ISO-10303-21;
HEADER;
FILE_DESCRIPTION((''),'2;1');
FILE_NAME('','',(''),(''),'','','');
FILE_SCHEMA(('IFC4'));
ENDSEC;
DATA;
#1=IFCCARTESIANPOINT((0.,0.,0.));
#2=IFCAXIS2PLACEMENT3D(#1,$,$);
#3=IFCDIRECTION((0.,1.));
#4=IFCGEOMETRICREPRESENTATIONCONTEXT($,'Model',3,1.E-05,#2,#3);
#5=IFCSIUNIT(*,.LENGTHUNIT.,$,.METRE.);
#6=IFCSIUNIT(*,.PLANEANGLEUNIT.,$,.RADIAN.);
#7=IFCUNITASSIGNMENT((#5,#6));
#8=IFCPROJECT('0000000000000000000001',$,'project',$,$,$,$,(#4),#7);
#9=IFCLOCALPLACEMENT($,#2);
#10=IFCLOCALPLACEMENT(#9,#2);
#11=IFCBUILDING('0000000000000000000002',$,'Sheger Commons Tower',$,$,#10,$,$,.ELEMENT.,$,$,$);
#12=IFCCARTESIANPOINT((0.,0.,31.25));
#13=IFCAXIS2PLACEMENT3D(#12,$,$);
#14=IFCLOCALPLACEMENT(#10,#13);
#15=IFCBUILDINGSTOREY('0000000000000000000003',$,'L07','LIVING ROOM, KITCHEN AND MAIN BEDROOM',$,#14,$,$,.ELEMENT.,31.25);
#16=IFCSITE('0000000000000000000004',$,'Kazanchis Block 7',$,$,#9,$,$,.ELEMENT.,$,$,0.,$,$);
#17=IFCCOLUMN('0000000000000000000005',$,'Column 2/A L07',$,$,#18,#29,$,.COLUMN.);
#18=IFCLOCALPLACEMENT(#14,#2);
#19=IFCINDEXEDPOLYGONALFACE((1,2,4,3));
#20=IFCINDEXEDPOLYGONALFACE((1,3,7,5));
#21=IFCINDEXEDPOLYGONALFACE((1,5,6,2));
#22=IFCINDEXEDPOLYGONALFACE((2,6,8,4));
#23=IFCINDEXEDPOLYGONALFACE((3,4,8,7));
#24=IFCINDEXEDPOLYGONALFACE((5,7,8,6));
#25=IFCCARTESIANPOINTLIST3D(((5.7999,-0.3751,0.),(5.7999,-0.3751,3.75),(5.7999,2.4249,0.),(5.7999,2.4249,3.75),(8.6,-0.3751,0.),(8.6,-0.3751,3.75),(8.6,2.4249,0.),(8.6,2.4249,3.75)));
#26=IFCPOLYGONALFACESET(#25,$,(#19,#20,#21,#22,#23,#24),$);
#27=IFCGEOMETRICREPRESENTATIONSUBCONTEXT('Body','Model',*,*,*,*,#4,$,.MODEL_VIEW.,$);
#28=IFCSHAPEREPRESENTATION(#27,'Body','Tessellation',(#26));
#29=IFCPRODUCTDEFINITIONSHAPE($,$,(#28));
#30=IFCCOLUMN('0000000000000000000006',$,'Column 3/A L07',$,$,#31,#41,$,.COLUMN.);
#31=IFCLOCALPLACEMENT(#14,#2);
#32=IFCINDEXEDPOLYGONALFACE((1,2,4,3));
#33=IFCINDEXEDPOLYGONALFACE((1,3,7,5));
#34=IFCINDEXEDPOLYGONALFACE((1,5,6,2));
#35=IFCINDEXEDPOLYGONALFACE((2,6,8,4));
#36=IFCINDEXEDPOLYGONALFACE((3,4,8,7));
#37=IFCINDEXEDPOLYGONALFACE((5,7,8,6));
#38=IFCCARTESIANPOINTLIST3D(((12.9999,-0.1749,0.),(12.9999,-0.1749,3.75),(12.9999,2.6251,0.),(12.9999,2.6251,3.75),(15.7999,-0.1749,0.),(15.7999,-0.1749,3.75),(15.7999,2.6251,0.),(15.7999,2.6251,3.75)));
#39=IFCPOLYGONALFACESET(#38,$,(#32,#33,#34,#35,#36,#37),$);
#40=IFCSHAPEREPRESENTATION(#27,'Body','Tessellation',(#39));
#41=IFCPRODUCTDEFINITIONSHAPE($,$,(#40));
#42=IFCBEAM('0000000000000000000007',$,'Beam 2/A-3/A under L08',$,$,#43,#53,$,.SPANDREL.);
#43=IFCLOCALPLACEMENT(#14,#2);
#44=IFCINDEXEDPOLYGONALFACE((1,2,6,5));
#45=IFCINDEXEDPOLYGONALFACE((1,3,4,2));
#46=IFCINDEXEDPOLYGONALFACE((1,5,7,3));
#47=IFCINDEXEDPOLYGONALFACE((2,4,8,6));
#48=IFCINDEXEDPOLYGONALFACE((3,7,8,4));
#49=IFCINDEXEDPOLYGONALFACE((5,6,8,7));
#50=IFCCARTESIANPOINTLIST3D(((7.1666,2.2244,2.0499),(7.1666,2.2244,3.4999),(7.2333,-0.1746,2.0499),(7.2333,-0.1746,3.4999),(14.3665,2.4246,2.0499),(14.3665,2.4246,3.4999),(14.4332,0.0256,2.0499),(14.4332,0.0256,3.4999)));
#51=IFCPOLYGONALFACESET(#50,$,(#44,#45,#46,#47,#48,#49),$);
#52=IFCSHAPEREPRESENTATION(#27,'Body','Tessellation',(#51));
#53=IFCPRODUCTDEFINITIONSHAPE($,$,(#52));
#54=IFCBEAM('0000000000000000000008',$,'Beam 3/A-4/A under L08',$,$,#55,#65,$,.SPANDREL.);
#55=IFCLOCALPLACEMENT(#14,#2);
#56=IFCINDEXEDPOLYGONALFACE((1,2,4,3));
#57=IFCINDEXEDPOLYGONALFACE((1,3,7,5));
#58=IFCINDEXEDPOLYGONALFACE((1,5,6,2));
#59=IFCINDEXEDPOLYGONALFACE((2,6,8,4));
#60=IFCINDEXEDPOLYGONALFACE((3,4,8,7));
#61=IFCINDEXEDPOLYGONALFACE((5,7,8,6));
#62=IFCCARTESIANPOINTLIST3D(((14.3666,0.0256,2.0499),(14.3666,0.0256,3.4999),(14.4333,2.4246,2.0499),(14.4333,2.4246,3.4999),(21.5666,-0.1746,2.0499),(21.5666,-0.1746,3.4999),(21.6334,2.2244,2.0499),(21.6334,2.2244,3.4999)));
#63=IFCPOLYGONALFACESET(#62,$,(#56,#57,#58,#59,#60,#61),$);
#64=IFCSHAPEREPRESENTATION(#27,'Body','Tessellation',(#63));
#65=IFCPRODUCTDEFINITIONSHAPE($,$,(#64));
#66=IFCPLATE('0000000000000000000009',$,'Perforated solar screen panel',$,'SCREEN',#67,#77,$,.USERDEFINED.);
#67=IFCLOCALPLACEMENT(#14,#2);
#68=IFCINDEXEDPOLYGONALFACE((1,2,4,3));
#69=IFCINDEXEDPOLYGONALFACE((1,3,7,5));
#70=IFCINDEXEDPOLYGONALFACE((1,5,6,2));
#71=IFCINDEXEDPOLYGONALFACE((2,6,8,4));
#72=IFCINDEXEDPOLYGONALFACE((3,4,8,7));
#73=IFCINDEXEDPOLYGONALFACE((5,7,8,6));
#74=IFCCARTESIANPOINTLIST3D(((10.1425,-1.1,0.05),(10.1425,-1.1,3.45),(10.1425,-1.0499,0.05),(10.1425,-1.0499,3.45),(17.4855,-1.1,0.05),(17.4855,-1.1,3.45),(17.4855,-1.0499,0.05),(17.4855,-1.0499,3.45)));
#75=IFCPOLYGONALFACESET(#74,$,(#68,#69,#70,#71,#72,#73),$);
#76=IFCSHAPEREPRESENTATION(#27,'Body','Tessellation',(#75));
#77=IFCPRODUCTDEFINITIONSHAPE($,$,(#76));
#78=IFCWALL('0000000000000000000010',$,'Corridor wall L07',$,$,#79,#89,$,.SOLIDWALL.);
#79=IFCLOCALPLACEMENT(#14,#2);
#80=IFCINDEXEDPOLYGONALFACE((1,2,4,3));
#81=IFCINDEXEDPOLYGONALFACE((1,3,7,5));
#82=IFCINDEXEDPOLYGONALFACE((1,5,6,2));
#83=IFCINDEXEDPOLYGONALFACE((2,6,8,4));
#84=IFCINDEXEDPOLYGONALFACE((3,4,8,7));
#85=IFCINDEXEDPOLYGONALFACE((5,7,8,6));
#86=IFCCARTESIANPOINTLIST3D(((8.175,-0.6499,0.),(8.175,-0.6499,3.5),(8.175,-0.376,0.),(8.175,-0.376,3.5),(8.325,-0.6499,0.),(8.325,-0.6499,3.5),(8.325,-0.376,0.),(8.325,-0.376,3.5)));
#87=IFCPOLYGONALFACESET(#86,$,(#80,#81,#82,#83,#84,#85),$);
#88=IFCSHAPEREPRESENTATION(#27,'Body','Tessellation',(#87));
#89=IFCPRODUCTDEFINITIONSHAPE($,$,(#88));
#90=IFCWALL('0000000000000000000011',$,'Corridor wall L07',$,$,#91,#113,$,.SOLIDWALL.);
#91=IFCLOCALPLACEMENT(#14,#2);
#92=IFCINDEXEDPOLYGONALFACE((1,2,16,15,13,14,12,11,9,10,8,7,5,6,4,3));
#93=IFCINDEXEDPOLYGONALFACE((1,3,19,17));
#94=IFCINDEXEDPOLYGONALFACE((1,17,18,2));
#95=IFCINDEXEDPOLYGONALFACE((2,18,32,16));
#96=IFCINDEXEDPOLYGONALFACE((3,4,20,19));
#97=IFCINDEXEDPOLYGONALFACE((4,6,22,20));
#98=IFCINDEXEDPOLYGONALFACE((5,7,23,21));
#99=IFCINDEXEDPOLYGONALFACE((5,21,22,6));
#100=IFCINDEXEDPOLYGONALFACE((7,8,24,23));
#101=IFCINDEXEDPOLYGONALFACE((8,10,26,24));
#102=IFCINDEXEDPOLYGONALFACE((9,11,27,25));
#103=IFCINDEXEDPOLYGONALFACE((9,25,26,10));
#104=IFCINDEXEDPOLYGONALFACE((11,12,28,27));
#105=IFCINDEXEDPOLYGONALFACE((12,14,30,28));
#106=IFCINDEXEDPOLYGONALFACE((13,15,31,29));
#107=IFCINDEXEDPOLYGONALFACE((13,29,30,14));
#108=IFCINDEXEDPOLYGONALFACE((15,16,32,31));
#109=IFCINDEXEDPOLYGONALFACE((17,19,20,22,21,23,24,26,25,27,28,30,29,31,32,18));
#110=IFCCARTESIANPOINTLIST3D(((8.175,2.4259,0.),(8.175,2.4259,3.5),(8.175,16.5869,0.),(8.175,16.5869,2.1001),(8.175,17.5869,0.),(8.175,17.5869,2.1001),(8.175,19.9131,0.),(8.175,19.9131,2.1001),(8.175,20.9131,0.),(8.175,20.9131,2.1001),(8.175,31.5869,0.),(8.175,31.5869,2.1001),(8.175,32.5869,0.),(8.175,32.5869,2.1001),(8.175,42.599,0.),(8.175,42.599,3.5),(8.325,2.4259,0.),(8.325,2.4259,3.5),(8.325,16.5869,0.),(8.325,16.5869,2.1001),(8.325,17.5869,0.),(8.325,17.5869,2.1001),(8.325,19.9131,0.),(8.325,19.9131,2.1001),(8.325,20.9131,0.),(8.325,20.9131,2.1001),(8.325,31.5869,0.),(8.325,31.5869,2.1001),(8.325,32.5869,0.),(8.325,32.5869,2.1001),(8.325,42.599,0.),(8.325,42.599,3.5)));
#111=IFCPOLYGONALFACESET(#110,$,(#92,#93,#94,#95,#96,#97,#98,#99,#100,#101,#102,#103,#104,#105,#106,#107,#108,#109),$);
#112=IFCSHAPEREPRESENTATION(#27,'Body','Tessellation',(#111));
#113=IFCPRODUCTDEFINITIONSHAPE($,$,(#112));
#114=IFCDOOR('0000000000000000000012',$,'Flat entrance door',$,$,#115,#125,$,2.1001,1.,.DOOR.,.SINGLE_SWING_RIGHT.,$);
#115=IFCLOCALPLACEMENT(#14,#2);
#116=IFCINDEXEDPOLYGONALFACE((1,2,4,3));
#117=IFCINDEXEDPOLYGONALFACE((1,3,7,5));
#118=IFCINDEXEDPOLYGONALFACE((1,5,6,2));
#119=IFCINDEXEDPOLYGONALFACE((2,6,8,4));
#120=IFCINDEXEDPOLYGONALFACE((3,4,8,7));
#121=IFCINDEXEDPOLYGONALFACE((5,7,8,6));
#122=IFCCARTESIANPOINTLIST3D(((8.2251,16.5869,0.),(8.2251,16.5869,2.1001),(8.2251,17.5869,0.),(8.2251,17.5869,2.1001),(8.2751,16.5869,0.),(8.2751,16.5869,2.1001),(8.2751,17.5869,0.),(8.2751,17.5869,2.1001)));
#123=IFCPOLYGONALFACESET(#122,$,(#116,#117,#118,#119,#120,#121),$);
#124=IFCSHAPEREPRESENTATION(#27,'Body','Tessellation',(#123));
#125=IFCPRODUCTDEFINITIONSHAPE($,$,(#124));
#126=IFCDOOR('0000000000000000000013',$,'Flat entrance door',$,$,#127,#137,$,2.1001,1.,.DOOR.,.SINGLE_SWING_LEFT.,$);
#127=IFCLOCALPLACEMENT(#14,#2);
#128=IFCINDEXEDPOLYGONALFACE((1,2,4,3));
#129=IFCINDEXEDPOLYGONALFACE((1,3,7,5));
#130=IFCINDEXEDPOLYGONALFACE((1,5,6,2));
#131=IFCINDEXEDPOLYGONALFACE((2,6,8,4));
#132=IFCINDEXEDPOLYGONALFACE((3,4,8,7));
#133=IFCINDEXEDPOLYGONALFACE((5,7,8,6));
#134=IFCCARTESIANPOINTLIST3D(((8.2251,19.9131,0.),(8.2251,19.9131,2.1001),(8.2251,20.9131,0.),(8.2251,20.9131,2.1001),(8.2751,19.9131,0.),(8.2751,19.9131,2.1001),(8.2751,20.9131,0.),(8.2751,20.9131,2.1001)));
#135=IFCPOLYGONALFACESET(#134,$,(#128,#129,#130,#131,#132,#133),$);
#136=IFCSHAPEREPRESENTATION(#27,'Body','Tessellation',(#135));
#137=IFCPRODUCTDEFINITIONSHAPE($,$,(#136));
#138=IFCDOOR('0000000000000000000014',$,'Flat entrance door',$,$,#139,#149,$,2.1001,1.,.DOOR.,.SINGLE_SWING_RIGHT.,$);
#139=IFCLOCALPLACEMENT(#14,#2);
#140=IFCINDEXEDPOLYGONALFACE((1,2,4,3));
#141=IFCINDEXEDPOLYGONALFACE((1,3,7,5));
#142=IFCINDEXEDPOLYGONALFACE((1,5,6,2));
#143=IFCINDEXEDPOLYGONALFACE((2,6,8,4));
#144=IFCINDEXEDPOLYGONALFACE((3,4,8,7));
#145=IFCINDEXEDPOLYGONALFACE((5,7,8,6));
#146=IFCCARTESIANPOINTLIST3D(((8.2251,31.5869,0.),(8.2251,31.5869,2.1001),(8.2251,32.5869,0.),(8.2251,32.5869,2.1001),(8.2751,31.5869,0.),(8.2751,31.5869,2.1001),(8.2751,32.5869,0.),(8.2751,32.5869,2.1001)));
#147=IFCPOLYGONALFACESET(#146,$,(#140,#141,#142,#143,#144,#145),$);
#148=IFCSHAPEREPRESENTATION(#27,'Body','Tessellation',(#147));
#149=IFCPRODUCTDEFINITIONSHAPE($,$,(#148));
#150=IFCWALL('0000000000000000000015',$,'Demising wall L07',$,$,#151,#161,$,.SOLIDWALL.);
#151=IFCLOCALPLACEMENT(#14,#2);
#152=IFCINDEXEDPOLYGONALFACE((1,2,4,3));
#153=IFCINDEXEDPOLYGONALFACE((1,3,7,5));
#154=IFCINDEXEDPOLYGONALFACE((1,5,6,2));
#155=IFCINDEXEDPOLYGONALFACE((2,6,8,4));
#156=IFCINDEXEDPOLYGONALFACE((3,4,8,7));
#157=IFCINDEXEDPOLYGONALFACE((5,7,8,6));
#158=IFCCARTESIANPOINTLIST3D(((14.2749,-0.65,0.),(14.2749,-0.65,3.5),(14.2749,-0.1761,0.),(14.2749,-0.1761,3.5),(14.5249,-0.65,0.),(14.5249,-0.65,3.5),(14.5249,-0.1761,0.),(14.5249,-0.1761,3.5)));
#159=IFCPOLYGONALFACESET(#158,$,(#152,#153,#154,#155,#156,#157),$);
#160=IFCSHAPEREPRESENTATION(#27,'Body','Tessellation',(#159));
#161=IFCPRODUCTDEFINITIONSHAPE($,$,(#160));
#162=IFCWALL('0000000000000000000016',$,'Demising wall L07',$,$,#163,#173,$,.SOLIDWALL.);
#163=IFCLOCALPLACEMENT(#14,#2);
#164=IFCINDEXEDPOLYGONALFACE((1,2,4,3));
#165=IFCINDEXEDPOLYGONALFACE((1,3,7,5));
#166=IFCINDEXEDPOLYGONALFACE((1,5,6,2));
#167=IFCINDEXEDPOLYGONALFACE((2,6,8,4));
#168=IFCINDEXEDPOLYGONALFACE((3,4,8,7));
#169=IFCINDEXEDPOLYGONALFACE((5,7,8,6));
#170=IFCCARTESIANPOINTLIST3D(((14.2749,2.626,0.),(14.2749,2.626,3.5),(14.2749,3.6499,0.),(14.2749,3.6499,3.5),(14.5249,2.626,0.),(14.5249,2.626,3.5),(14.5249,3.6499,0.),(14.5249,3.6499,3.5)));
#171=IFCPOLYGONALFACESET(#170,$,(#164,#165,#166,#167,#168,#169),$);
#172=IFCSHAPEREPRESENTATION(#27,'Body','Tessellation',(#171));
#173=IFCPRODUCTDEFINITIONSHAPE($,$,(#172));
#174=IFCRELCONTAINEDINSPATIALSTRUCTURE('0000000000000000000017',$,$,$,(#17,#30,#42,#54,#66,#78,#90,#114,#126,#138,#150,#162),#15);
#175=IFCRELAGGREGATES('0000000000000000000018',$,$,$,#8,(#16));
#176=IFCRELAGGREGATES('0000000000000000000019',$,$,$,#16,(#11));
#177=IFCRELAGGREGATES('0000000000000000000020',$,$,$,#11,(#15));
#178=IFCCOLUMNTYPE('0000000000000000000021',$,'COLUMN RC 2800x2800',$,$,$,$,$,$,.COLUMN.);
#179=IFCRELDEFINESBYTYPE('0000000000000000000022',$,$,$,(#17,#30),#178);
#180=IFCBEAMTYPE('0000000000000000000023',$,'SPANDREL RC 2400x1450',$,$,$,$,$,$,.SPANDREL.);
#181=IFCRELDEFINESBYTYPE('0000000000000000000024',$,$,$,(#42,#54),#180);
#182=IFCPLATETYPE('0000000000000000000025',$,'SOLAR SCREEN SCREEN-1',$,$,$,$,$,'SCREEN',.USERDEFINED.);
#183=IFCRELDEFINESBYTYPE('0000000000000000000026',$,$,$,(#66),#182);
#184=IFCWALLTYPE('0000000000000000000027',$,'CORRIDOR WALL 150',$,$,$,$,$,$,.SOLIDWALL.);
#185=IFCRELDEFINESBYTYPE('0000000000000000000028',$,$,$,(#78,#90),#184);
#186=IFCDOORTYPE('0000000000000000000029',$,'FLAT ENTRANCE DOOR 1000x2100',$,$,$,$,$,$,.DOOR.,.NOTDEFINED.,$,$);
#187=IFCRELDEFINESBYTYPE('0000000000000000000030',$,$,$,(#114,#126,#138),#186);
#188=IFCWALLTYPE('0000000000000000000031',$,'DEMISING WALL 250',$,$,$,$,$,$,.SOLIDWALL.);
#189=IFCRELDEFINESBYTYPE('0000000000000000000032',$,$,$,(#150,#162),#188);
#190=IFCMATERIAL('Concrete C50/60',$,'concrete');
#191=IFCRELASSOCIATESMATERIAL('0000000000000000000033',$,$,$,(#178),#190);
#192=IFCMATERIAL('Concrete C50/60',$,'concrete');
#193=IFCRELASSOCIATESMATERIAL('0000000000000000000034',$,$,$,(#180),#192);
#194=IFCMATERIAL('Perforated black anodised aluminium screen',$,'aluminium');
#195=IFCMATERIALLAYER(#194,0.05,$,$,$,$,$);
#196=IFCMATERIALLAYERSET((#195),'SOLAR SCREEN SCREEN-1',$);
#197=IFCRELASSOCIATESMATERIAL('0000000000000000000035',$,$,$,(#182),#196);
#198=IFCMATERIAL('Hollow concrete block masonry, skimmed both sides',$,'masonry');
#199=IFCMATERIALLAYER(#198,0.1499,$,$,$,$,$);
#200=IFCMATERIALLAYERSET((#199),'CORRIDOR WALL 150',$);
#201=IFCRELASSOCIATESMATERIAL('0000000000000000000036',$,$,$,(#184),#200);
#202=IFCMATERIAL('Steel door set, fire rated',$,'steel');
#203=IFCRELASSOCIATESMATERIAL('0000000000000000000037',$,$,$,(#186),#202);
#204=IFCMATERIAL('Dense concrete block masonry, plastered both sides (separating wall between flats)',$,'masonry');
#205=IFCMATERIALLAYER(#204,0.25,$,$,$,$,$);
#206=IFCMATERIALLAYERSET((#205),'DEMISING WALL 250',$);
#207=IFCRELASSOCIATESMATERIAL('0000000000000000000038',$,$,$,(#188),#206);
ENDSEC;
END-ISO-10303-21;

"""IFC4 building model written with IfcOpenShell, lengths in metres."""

from ifc_helpers import new_model, si_unit, direction, frame, frame_2d, origin, origin_2d, place, context, subcontext, project, spatial, rectangle, extrude, material, layer, layer_set, material_profile, profile_set, type_object, element, fill, save


model = new_model("IFC4")

# Units and contexts
model_context = context("Model", 3, precision=1e-05, world=origin(), true_north=direction((0.0, 1.0)))
body_context = subcontext(model_context, "Body", "Model", "MODEL_VIEW")
ifc_project = project(units=[si_unit("LENGTHUNIT", "METRE"), si_unit("PLANEANGLEUNIT", "RADIAN")], contexts=[model_context])

# Site, building, storey
site_placement = place(None, origin())
site = spatial("IfcSite", under=ifc_project, at=site_placement, Name="Kazanchis Block 7", CompositionType="ELEMENT", RefElevation=0.0)
building_placement = place(site_placement, origin())
building = spatial("IfcBuilding", under=site, at=building_placement, Name="Sheger Commons Tower", CompositionType="ELEMENT")
storey_placement = place(building_placement, frame((0.0, 0.0, 31.25)))
storey = spatial("IfcBuildingStorey", under=building, at=storey_placement, Name="L07", Description="LIVING ROOM, KITCHEN AND MAIN BEDROOM", CompositionType="ELEMENT", Elevation=31.25)

# Columns
ifc_material_1 = material(Name="Concrete C50/60", Category="concrete")
ifc_material_profile_1 = material_profile(ifc_material_1, rectangle(XDim=2.8, YDim=2.8, at=origin_2d()), Name="RC 2800x2800")
ifc_profile_set_1 = profile_set([ifc_material_profile_1], Name="Concrete C50/60")
column_type = type_object("IfcColumnType", Name="COLUMN RC 2800x2800", PredefinedType="COLUMN", material=ifc_profile_set_1)
for number, where, z_axis, x_axis, name in (
    (1, (7.2, 1.0249, 0.0), (0.0, 0.0, 1.0), (1.0, 0.0, 0.0), "Column 2/A L07"),
    (2, (14.3999, 1.2251, 0.0), (0.0, 0.0, 1.0), (1.0, 0.0, 0.0), "Column 3/A L07"),
):
    element("IfcColumn", number, at=place(storey_placement, frame(where, z_axis=z_axis, x_axis=x_axis)), inside=storey, type_object=column_type, Name=name, PredefinedType="COLUMN", context=body_context, shape_type="SweptSolid", body=[
        extrude(rectangle(XDim=2.8, YDim=2.8, at=origin_2d()), origin(), (0.0, 0.0, 1.0), 3.75),
    ])

# Beams
ifc_material_2 = material(Name="Concrete C50/60", Category="concrete")
ifc_material_profile_2 = material_profile(ifc_material_2, rectangle(XDim=2.3999, YDim=1.45, at=origin_2d()), Name="RC 2400x1450")
ifc_profile_set_2 = profile_set([ifc_material_profile_2], Name="Concrete C50/60")
beam_type = type_object("IfcBeamType", Name="SPANDREL RC 2400x1450", PredefinedType="SPANDREL", material=ifc_profile_set_2)
beam_1_placement = place(storey_placement, frame((7.2, 1.0249, 2.7749), z_axis=(0.999614, 0.027794, 0.0), x_axis=(-0.027794, 0.999614, 0.0)))
element("IfcBeam", 3, at=beam_1_placement, inside=storey, type_object=beam_type, Name="Beam 2/A-3/A under L08", PredefinedType="SPANDREL", context=body_context, shape_type="SweptSolid", body=[
    extrude(rectangle(XDim=2.3999, YDim=1.45, at=origin_2d()), origin(), (0.0, 0.0, 1.0), 7.2026),
])
beam_2_placement = place(storey_placement, frame((14.3999, 1.2251, 2.7749), z_axis=(0.999614, -0.027793, 0.0), x_axis=(0.027793, 0.999614, 0.0)))
element("IfcBeam", 4, at=beam_2_placement, inside=storey, type_object=beam_type, Name="Beam 3/A-4/A under L08", PredefinedType="SPANDREL", context=body_context, shape_type="SweptSolid", body=[
    extrude(rectangle(XDim=2.3999, YDim=1.45, at=origin_2d()), origin(), (0.0, 0.0, 1.0), 7.2029),
])

# Plate
ifc_material_3 = material(Name="Perforated black anodised aluminium screen", Category="aluminium")
ifc_layer_1 = layer(ifc_material_3, 0.05)
ifc_layer_set_1 = layer_set([ifc_layer_1], Name="SOLAR SCREEN SCREEN-1")
plate_type = type_object("IfcPlateType", Name="SOLAR SCREEN SCREEN-1", ElementType="SCREEN", PredefinedType="USERDEFINED", material=ifc_layer_set_1)
plate_placement = place(storey_placement, frame((13.814, -1.075, 0.05), z_axis=(0.0, 0.0, 1.0), x_axis=(1.0, 0.0, 0.0)))
element("IfcPlate", 5, at=plate_placement, inside=storey, type_object=plate_type, Name="Perforated solar screen panel", ObjectType="SCREEN", PredefinedType="USERDEFINED", context=body_context, shape_type="SweptSolid", body=[
    extrude(rectangle(XDim=7.343, YDim=0.05, at=origin_2d()), origin(), (0.0, 0.0, 1.0), 3.3999),
])

# Wall
ifc_material_4 = material(Name="Hollow concrete block masonry, skimmed both sides", Category="masonry")
ifc_layer_2 = layer(ifc_material_4, 0.1499)
ifc_layer_set_2 = layer_set([ifc_layer_2], Name="CORRIDOR WALL 150")
wall_type_1 = type_object("IfcWallType", Name="CORRIDOR WALL 150", PredefinedType="SOLIDWALL", material=ifc_layer_set_2)
wall_1_placement = place(storey_placement, frame((8.25, -0.6499, 0.0), z_axis=(0.0, 0.0, 1.0), x_axis=(0.0, 1.0, 0.0)))
element("IfcWall", 6, at=wall_1_placement, inside=storey, type_object=wall_type_1, Name="Corridor wall L07", PredefinedType="SOLIDWALL", context=body_context, shape_type="SweptSolid", body=[
    extrude(rectangle(XDim=0.2739, YDim=0.1499, at=frame_2d((0.137, 0.0))), origin(), (0.0, 0.0, 1.0), 3.5),
])

# Wall, openings, doors
wall_2_placement = place(storey_placement, frame((8.25, 2.426, 0.0), z_axis=(0.0, 0.0, 1.0), x_axis=(0.0, 1.0, 0.0)))
wall_2 = element("IfcWall", 7, at=wall_2_placement, inside=storey, type_object=wall_type_1, Name="Corridor wall L07", PredefinedType="SOLIDWALL", context=body_context, shape_type="SweptSolid", body=[
    extrude(rectangle(XDim=40.1731, YDim=0.1499, at=frame_2d((20.0864, 0.0))), origin(), (0.0, 0.0, 1.0), 3.5),
])
opening_1_placement = place(wall_2_placement, frame((14.1609, 0.0, 0.0)))
opening_1 = element("IfcOpeningElement", 8, at=opening_1_placement, cuts=wall_2, PredefinedType="OPENING", context=body_context, shape_type="SweptSolid", body=[
    extrude(rectangle(XDim=1.0, YDim=2.1001, at=frame_2d((0.5, 1.05))), frame((0.0, 0.085, 0.0), z_axis=(0.0, -1.0, 0.0), x_axis=(1.0, 0.0, 0.0)), (0.0, 0.0, 1.0), 0.1699),
])
opening_2_placement = place(wall_2_placement, frame((17.4871, 0.0, 0.0)))
opening_2 = element("IfcOpeningElement", 9, at=opening_2_placement, cuts=wall_2, PredefinedType="OPENING", context=body_context, shape_type="SweptSolid", body=[
    extrude(rectangle(XDim=1.0, YDim=2.1001, at=frame_2d((0.5, 1.05))), frame((0.0, 0.085, 0.0), z_axis=(0.0, -1.0, 0.0), x_axis=(1.0, 0.0, 0.0)), (0.0, 0.0, 1.0), 0.1699),
])
opening_3_placement = place(wall_2_placement, frame((29.1609, 0.0, 0.0)))
opening_3 = element("IfcOpeningElement", 10, at=opening_3_placement, cuts=wall_2, PredefinedType="OPENING", context=body_context, shape_type="SweptSolid", body=[
    extrude(rectangle(XDim=1.0, YDim=2.1001, at=frame_2d((0.5, 1.05))), frame((0.0, 0.085, 0.0), z_axis=(0.0, -1.0, 0.0), x_axis=(1.0, 0.0, 0.0)), (0.0, 0.0, 1.0), 0.1699),
])
ifc_material_5 = material(Name="Steel door set, fire rated", Category="steel")
door_type = type_object("IfcDoorType", Name="FLAT ENTRANCE DOOR 1000x2100", OperationType="NOTDEFINED", PredefinedType="DOOR", material=ifc_material_5)
door_1_placement = place(opening_1_placement, origin())
door_1 = element("IfcDoor", 11, at=door_1_placement, inside=storey, type_object=door_type, Name="Flat entrance door", OperationType="SINGLE_SWING_RIGHT", OverallHeight=2.1001, OverallWidth=1.0, PredefinedType="DOOR", context=body_context, shape_type="SweptSolid", body=[
    extrude(rectangle(XDim=1.0, YDim=2.1001, at=frame_2d((0.5, 1.05))), frame((0.0, 0.0249, 0.0), z_axis=(0.0, -1.0, 0.0), x_axis=(1.0, 0.0, 0.0)), (0.0, 0.0, 1.0), 0.05),
])
fill(opening_1, door_1)
door_2_placement = place(opening_2_placement, origin())
door_2 = element("IfcDoor", 12, at=door_2_placement, inside=storey, type_object=door_type, Name="Flat entrance door", OperationType="SINGLE_SWING_LEFT", OverallHeight=2.1001, OverallWidth=1.0, PredefinedType="DOOR", context=body_context, shape_type="SweptSolid", body=[
    extrude(rectangle(XDim=1.0, YDim=2.1001, at=frame_2d((0.5, 1.05))), frame((0.0, 0.0249, 0.0), z_axis=(0.0, -1.0, 0.0), x_axis=(1.0, 0.0, 0.0)), (0.0, 0.0, 1.0), 0.05),
])
fill(opening_2, door_2)
door_3_placement = place(opening_3_placement, origin())
door_3 = element("IfcDoor", 13, at=door_3_placement, inside=storey, type_object=door_type, Name="Flat entrance door", OperationType="SINGLE_SWING_RIGHT", OverallHeight=2.1001, OverallWidth=1.0, PredefinedType="DOOR", context=body_context, shape_type="SweptSolid", body=[
    extrude(rectangle(XDim=1.0, YDim=2.1001, at=frame_2d((0.5, 1.05))), frame((0.0, 0.0249, 0.0), z_axis=(0.0, -1.0, 0.0), x_axis=(1.0, 0.0, 0.0)), (0.0, 0.0, 1.0), 0.05),
])
fill(opening_3, door_3)

# Walls
ifc_material_6 = material(Name="Dense concrete block masonry, plastered both sides (separating wall between flats)", Category="masonry")
ifc_layer_3 = layer(ifc_material_6, 0.25)
ifc_layer_set_3 = layer_set([ifc_layer_3], Name="DEMISING WALL 250")
wall_type_2 = type_object("IfcWallType", Name="DEMISING WALL 250", PredefinedType="SOLIDWALL", material=ifc_layer_set_3)
wall_3_placement = place(storey_placement, frame((14.3999, -0.6499, 0.0), z_axis=(0.0, 0.0, 1.0), x_axis=(0.0, 1.0, 0.0)))
element("IfcWall", 14, at=wall_3_placement, inside=storey, type_object=wall_type_2, Name="Demising wall L07", PredefinedType="SOLIDWALL", context=body_context, shape_type="SweptSolid", body=[
    extrude(rectangle(XDim=0.4739, YDim=0.25, at=frame_2d((0.2368, 0.0))), origin(), (0.0, 0.0, 1.0), 3.5),
])
wall_4_placement = place(storey_placement, frame((14.3999, 2.626, 0.0), z_axis=(0.0, 0.0, 1.0), x_axis=(0.0, 1.0, 0.0)))
element("IfcWall", 15, at=wall_4_placement, inside=storey, type_object=wall_type_2, Name="Demising wall L07", PredefinedType="SOLIDWALL", context=body_context, shape_type="SweptSolid", body=[
    extrude(rectangle(XDim=1.0239, YDim=0.25, at=frame_2d((0.512, 0.0))), origin(), (0.0, 0.0, 1.0), 3.5),
])

save(model, "model.ifc")
